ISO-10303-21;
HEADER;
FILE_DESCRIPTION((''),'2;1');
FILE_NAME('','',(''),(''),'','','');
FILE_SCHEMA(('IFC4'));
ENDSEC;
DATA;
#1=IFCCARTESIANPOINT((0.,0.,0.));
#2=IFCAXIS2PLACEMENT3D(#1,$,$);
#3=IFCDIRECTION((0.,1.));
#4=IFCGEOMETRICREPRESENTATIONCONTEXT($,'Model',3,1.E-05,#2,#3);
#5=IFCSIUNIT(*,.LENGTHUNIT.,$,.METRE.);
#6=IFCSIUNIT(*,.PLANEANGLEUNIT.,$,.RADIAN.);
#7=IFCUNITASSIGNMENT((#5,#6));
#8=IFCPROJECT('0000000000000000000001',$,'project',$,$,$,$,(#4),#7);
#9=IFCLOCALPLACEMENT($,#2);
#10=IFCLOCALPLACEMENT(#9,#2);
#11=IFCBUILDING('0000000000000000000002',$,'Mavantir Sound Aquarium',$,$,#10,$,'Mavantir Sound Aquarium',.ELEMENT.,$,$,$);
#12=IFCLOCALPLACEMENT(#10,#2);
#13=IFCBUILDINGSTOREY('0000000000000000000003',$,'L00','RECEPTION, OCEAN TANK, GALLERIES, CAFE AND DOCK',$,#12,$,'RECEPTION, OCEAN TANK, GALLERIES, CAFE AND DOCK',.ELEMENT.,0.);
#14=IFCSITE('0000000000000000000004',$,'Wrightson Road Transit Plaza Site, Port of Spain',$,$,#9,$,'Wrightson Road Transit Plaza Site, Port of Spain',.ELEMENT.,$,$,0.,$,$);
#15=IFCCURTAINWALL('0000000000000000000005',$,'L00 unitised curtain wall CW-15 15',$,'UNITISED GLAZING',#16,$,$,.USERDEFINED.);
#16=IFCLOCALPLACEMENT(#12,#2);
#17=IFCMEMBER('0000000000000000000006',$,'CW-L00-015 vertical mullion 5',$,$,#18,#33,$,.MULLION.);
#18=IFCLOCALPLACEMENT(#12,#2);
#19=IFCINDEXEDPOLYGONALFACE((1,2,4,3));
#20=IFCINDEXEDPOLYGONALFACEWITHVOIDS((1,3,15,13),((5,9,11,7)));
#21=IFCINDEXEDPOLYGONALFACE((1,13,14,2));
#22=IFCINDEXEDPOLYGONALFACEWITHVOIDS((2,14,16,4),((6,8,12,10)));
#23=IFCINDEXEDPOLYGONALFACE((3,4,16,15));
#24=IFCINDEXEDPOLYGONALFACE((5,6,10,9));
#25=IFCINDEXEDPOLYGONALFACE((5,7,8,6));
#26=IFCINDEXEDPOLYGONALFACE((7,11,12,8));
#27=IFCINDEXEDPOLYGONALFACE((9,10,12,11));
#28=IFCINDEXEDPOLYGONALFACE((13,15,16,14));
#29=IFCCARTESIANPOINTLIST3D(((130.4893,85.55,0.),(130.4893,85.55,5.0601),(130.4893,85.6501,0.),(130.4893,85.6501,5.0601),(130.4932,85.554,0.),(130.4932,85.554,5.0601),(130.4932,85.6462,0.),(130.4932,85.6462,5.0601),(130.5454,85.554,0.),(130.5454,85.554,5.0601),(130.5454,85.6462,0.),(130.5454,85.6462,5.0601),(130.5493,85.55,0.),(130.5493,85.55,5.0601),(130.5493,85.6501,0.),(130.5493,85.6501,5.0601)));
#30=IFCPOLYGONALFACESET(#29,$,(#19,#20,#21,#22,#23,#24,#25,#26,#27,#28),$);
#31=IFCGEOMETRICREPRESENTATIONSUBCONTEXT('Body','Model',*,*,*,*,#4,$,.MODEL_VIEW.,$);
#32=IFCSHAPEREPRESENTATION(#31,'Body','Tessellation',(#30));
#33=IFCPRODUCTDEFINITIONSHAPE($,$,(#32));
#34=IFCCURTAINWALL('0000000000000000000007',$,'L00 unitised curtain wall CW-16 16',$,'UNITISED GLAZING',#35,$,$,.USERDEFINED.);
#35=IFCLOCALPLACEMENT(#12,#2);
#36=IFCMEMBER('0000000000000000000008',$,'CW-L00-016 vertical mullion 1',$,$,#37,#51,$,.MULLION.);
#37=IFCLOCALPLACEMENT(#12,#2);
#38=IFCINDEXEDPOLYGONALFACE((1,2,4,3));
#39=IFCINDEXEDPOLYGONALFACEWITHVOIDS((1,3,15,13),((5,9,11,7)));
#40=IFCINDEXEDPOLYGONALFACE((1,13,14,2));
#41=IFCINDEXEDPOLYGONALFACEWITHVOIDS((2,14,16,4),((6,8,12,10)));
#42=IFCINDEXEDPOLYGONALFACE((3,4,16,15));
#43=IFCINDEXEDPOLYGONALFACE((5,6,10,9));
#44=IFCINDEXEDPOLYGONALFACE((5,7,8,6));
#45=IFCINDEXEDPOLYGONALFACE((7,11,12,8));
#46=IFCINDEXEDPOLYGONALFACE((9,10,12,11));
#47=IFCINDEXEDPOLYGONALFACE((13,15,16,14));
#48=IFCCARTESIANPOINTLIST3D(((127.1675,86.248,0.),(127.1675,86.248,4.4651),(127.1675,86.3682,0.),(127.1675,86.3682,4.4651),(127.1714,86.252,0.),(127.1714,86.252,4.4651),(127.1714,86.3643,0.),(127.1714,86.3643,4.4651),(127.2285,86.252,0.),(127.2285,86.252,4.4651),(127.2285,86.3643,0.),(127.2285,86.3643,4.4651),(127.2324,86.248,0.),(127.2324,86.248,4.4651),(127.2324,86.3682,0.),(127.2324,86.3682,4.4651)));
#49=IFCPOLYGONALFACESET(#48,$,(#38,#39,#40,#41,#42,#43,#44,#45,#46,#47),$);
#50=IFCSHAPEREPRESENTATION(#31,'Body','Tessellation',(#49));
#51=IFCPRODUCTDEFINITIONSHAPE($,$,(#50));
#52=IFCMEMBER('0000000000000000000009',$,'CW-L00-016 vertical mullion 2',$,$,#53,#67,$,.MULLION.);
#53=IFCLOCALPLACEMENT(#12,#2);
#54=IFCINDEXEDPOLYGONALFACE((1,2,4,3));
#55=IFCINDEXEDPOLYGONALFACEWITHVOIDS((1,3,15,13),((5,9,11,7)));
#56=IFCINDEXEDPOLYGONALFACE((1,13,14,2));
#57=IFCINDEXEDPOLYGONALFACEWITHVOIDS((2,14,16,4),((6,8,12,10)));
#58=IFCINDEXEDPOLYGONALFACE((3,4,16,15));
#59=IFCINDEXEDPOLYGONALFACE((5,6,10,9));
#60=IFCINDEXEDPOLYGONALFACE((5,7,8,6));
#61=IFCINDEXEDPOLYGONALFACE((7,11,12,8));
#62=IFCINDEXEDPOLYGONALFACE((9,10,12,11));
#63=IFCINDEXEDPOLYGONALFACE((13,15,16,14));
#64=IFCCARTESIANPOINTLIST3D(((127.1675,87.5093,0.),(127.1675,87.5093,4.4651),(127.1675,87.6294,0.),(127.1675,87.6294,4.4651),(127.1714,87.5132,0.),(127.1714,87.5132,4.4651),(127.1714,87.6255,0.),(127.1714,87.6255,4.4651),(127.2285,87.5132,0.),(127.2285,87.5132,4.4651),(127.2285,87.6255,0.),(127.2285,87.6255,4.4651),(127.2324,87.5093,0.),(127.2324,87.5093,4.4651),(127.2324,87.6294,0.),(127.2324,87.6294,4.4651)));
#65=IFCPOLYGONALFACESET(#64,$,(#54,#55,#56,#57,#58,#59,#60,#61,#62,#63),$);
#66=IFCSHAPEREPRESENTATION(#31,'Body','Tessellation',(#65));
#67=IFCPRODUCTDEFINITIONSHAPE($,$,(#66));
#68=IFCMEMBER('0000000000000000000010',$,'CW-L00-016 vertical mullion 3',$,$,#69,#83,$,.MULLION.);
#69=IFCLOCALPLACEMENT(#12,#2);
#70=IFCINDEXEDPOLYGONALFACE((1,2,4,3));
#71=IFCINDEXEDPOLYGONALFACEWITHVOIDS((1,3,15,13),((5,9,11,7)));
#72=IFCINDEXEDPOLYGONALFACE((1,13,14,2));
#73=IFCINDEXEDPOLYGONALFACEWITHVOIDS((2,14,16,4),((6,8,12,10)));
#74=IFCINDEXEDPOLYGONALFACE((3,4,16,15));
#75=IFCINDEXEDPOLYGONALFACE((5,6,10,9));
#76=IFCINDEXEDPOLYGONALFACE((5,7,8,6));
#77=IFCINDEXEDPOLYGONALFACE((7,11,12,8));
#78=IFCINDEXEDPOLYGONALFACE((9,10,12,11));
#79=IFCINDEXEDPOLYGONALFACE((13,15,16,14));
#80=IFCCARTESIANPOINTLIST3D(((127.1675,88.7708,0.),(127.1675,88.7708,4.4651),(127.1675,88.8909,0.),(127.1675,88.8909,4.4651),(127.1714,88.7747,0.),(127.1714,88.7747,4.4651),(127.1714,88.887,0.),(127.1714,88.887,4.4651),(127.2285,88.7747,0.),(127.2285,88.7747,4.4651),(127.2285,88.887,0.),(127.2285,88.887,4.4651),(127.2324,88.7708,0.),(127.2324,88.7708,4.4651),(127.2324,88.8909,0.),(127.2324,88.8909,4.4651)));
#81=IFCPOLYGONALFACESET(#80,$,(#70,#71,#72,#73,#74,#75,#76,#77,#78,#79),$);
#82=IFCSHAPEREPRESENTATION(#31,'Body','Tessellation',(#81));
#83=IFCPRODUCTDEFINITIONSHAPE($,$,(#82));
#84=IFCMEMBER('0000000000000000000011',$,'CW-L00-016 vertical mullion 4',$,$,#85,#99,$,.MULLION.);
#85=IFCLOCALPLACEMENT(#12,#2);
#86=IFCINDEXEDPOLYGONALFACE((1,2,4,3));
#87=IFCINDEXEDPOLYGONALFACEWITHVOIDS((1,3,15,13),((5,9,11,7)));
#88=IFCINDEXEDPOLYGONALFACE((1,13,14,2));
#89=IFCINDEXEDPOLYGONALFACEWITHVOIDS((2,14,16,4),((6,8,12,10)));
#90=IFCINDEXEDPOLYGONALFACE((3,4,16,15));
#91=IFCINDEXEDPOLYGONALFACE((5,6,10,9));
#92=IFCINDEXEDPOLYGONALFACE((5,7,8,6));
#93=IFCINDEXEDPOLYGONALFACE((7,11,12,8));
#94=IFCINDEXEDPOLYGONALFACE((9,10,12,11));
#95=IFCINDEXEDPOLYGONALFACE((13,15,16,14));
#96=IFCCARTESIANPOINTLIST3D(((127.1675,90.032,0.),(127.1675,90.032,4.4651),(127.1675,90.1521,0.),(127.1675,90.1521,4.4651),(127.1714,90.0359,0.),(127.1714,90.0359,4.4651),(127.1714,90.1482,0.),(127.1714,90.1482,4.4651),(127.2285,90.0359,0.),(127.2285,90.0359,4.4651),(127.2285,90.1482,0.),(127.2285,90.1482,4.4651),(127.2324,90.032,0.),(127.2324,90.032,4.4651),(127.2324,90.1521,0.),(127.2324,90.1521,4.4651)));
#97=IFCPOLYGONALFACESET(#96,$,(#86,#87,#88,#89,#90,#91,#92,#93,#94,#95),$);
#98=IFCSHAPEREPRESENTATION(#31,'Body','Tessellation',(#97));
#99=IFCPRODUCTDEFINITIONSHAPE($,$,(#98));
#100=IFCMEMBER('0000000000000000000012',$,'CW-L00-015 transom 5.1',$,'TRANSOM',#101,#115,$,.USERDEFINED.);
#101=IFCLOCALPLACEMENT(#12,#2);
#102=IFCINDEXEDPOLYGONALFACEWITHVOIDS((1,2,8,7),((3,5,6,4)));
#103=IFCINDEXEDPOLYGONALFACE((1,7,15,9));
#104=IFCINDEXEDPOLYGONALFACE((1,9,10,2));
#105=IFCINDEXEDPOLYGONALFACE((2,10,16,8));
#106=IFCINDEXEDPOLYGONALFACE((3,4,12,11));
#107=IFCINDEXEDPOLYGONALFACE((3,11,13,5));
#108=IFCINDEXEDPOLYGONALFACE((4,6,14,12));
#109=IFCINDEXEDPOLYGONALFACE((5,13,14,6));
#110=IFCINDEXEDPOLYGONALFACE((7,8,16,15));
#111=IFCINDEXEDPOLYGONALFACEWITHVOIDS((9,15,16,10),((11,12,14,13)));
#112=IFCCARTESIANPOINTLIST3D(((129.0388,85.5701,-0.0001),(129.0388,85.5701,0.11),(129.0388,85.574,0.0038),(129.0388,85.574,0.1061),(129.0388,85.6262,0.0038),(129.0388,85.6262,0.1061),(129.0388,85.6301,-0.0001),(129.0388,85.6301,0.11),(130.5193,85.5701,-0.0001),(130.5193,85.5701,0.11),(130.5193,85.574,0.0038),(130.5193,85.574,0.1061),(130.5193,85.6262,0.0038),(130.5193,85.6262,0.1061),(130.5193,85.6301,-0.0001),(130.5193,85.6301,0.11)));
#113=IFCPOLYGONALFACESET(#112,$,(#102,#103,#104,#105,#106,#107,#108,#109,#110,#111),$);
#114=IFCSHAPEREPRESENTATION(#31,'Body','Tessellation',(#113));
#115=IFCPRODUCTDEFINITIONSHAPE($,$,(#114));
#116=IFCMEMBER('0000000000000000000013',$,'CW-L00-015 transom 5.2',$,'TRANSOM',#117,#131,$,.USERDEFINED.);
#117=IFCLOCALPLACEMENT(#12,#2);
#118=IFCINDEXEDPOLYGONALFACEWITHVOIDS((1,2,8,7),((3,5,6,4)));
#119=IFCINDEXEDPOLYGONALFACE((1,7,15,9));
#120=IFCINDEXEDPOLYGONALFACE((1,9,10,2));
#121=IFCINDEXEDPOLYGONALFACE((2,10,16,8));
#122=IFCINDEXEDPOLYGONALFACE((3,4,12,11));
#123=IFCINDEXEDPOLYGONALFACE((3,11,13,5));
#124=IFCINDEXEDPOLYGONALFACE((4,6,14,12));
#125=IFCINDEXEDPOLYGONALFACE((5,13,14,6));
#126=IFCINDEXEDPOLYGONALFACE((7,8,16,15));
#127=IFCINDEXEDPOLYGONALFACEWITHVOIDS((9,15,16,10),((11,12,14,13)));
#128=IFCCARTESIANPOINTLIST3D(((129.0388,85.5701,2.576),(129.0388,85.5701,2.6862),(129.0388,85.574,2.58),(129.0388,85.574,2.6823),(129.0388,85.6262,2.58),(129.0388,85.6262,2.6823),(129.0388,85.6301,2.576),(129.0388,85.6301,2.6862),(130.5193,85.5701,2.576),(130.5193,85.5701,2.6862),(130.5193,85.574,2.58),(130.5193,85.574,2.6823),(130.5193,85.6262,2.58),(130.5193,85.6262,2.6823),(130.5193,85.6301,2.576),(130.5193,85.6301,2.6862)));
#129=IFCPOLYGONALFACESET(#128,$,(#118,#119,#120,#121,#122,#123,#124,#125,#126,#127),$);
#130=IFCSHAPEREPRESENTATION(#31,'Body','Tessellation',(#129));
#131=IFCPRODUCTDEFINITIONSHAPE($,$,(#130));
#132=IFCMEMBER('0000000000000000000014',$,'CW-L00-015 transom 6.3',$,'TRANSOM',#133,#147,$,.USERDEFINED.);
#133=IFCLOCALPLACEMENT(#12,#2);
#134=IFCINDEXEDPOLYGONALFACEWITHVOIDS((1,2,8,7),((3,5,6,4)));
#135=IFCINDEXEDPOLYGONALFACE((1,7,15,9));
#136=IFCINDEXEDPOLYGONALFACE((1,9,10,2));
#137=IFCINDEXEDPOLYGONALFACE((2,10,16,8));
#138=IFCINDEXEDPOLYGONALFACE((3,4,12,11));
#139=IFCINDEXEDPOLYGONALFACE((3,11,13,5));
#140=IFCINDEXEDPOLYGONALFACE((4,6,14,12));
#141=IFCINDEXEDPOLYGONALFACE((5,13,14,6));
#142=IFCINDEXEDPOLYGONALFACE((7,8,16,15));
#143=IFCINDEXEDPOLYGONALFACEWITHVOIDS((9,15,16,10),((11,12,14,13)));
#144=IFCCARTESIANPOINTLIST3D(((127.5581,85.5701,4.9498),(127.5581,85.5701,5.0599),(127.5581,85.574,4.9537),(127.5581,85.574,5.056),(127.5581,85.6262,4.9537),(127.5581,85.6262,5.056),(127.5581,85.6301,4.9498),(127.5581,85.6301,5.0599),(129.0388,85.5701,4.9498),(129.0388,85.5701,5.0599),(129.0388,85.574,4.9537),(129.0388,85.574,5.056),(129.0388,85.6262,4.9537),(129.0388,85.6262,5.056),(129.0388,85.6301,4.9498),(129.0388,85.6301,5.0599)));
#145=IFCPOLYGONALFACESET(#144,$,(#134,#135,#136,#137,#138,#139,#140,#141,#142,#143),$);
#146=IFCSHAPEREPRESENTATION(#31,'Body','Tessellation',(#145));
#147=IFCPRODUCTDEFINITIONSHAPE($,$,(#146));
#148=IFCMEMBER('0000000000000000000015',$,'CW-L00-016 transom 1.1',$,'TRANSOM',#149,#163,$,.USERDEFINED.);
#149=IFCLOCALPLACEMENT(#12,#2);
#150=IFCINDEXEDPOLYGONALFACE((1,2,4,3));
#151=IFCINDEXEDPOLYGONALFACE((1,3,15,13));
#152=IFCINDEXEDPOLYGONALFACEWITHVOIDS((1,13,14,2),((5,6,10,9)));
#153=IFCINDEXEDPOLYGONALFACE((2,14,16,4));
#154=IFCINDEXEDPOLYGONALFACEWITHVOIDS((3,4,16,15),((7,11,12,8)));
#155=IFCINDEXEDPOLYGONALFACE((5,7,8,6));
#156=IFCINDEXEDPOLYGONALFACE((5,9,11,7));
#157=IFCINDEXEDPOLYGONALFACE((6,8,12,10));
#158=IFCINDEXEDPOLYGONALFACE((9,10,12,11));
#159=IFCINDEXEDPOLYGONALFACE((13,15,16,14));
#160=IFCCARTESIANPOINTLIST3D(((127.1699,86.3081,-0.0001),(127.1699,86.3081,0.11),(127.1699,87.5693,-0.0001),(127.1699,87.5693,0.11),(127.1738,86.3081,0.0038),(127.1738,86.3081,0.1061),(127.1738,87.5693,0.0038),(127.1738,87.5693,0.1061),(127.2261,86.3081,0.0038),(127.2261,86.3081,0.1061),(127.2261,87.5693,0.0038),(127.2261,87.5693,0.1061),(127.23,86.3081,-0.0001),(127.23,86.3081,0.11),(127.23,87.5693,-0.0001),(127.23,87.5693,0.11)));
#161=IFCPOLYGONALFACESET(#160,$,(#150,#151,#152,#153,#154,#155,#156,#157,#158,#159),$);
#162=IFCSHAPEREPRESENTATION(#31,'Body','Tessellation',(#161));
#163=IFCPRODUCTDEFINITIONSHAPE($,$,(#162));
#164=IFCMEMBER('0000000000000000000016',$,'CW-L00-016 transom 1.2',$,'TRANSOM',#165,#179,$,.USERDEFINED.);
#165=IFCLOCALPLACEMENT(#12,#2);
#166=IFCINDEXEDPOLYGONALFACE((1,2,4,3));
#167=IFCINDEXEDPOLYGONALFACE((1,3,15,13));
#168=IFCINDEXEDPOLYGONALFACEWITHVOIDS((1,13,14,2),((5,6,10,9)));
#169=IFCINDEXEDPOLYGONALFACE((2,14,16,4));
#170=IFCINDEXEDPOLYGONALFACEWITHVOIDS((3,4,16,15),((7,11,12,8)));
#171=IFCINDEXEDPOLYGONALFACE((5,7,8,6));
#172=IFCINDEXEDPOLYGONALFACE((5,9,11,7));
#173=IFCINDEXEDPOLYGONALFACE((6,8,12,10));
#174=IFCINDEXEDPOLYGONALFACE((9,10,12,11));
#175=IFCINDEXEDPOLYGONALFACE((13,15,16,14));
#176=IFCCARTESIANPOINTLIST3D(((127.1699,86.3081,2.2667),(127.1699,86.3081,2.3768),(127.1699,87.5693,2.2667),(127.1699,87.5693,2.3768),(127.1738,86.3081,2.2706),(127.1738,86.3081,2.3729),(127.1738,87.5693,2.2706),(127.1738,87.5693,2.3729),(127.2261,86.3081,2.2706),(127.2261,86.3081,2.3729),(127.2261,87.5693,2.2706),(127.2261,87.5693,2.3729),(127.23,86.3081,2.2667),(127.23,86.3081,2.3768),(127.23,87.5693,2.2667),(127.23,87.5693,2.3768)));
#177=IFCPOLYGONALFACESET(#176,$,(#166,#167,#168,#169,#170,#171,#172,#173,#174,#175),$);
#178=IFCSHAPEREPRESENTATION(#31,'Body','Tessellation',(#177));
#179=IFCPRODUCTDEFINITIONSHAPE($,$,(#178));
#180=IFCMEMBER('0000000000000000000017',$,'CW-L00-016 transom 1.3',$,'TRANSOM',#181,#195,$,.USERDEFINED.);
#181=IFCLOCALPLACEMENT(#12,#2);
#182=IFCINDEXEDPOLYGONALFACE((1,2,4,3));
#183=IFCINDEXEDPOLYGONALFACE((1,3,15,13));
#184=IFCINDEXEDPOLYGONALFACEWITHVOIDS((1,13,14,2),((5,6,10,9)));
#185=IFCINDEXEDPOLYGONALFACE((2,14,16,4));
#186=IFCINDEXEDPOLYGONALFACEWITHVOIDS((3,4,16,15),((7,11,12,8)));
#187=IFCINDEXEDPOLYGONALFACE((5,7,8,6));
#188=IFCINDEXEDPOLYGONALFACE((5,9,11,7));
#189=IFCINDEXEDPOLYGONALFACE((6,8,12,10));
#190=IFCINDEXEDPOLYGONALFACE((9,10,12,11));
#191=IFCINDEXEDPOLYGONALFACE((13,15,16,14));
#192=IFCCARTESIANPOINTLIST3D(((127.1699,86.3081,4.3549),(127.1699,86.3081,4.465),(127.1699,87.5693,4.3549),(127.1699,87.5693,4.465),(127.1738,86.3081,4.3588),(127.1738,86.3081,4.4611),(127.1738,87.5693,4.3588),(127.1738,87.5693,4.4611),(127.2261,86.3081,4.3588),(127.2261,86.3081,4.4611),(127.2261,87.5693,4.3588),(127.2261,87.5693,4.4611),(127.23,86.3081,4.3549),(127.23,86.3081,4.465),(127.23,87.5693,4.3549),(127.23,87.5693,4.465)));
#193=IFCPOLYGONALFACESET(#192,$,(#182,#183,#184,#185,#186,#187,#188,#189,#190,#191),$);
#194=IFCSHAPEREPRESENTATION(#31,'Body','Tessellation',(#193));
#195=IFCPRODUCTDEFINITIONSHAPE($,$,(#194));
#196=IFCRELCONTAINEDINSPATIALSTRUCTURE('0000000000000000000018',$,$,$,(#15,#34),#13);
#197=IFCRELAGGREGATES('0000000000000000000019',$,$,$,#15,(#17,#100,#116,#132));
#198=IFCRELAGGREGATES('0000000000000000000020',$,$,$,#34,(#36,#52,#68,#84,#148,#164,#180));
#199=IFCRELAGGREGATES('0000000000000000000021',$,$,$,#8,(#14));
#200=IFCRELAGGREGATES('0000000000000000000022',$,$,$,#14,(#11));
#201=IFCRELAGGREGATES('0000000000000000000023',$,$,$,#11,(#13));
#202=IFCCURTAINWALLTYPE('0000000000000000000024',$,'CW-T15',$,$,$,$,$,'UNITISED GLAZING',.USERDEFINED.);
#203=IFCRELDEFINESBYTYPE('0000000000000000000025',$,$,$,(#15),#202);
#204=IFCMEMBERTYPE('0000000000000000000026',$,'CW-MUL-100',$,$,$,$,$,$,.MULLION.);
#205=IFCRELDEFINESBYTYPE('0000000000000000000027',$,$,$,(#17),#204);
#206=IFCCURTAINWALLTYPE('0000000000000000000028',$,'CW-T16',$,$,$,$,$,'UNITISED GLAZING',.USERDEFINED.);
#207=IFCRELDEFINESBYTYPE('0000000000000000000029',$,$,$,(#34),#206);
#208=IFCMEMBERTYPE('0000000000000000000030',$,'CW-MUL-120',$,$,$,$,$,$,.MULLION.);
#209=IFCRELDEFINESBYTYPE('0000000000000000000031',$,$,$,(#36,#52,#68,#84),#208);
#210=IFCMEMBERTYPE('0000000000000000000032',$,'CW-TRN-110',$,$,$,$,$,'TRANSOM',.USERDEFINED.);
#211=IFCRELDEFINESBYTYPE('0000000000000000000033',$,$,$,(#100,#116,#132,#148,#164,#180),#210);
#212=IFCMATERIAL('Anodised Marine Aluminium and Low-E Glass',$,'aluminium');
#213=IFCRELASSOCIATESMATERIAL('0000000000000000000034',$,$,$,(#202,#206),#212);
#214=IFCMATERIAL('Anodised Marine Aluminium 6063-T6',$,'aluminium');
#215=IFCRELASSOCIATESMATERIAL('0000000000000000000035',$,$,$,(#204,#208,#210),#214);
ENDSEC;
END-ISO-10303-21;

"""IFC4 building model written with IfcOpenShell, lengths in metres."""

from ifc_helpers import new_model, si_unit, direction, frame, origin, origin_2d, place, context, subcontext, project, spatial, hollow_rectangle, extrude, material, material_profile, profile_set, type_object, element, aggregate, save


model = new_model("IFC4")

# Units and contexts
model_context = context("Model", 3, precision=1e-05, world=origin(), true_north=direction((0.0, 1.0)))
body_context = subcontext(model_context, "Body", "Model", "MODEL_VIEW")
ifc_project = project(units=[si_unit("LENGTHUNIT", "METRE"), si_unit("PLANEANGLEUNIT", "RADIAN")], contexts=[model_context])

# Site, building, storey
site_placement = place(None, origin())
site = spatial("IfcSite", under=ifc_project, at=site_placement, Name="Wrightson Road Transit Plaza Site, Port of Spain", LongName="Wrightson Road Transit Plaza Site, Port of Spain", CompositionType="ELEMENT", RefElevation=0.0)
building_placement = place(site_placement, origin())
building = spatial("IfcBuilding", under=site, at=building_placement, Name="Mavantir Sound Aquarium", LongName="Mavantir Sound Aquarium", CompositionType="ELEMENT")
storey_placement = place(building_placement, origin())
storey = spatial("IfcBuildingStorey", under=building, at=storey_placement, Name="L00", Description="RECEPTION, OCEAN TANK, GALLERIES, CAFE AND DOCK", LongName="RECEPTION, OCEAN TANK, GALLERIES, CAFE AND DOCK", CompositionType="ELEMENT", Elevation=0.0)

# Curtain wall, member
ifc_material_1 = material(Name="Anodised Marine Aluminium and Low-E Glass", Category="aluminium")
curtain_wall_type_1 = type_object("IfcCurtainWallType", Name="CW-T15", ElementType="UNITISED GLAZING", PredefinedType="USERDEFINED", material=ifc_material_1)
curtain_wall_1_placement = place(storey_placement, origin())
curtain_wall_1 = element("IfcCurtainWall", 1, at=curtain_wall_1_placement, inside=storey, type_object=curtain_wall_type_1, Name="L00 unitised curtain wall CW-15 15", ObjectType="UNITISED GLAZING", PredefinedType="USERDEFINED")
ifc_material_2 = material(Name="Anodised Marine Aluminium 6063-T6", Category="aluminium")
ifc_material_profile_1 = material_profile(ifc_material_2, hollow_rectangle(XDim=0.0601, YDim=0.1001, WallThickness=0.0039, at=origin_2d()), Name="ALU-MULLION-100X60")
ifc_profile_set_1 = profile_set([ifc_material_profile_1], Name="Anodised Marine Aluminium 6063-T6")
member_type_1 = type_object("IfcMemberType", Name="CW-MUL-100", PredefinedType="MULLION", material=ifc_profile_set_1)
member_1_placement = place(storey_placement, frame((130.5193, 85.6001, 0.0), z_axis=(0.0, 0.0, 1.0), x_axis=(1.0, 0.0, 0.0)))
member_1 = element("IfcMember", 2, at=member_1_placement, type_object=member_type_1, Name="CW-L00-015 vertical mullion 5", PredefinedType="MULLION", context=body_context, shape_type="SweptSolid", body=[
    extrude(hollow_rectangle(XDim=0.0601, YDim=0.1001, WallThickness=0.0039, at=origin_2d()), origin(), (0.0, 0.0, 1.0), 5.0601),
])

# Curtain wall, members
curtain_wall_type_2 = type_object("IfcCurtainWallType", Name="CW-T16", ElementType="UNITISED GLAZING", PredefinedType="USERDEFINED", material=ifc_material_1)
curtain_wall_2_placement = place(storey_placement, origin())
curtain_wall_2 = element("IfcCurtainWall", 3, at=curtain_wall_2_placement, inside=storey, type_object=curtain_wall_type_2, Name="L00 unitised curtain wall CW-16 16", ObjectType="UNITISED GLAZING", PredefinedType="USERDEFINED")
ifc_material_profile_2 = material_profile(ifc_material_2, hollow_rectangle(XDim=0.0649, YDim=0.1201, WallThickness=0.0039, at=origin_2d()), Name="ALU-MULLION-120X65")
ifc_profile_set_2 = profile_set([ifc_material_profile_2], Name="Anodised Marine Aluminium 6063-T6")
member_type_2 = type_object("IfcMemberType", Name="CW-MUL-120", PredefinedType="MULLION", material=ifc_profile_set_2)
member_2_placement = place(storey_placement, frame((127.2, 86.3081, 0.0), z_axis=(0.0, 0.0, 1.0), x_axis=(1.0, 0.0, 0.0)))
member_2 = element("IfcMember", 4, at=member_2_placement, type_object=member_type_2, Name="CW-L00-016 vertical mullion 1", PredefinedType="MULLION", context=body_context, shape_type="SweptSolid", body=[
    extrude(hollow_rectangle(XDim=0.0649, YDim=0.1201, WallThickness=0.0039, at=origin_2d()), origin(), (0.0, 0.0, 1.0), 4.4651),
])
member_3_placement = place(storey_placement, frame((127.2, 87.5693, 0.0), z_axis=(0.0, 0.0, 1.0), x_axis=(1.0, 0.0, 0.0)))
member_3 = element("IfcMember", 5, at=member_3_placement, type_object=member_type_2, Name="CW-L00-016 vertical mullion 2", PredefinedType="MULLION", context=body_context, shape_type="SweptSolid", body=[
    extrude(hollow_rectangle(XDim=0.0649, YDim=0.1201, WallThickness=0.0039, at=origin_2d()), origin(), (0.0, 0.0, 1.0), 4.4651),
])
member_4_placement = place(storey_placement, frame((127.2, 88.8308, 0.0), z_axis=(0.0, 0.0, 1.0), x_axis=(1.0, 0.0, 0.0)))
member_4 = element("IfcMember", 6, at=member_4_placement, type_object=member_type_2, Name="CW-L00-016 vertical mullion 3", PredefinedType="MULLION", context=body_context, shape_type="SweptSolid", body=[
    extrude(hollow_rectangle(XDim=0.0649, YDim=0.1201, WallThickness=0.0039, at=origin_2d()), origin(), (0.0, 0.0, 1.0), 4.4651),
])
member_5_placement = place(storey_placement, frame((127.2, 90.092, 0.0), z_axis=(0.0, 0.0, 1.0), x_axis=(1.0, 0.0, 0.0)))
member_5 = element("IfcMember", 7, at=member_5_placement, type_object=member_type_2, Name="CW-L00-016 vertical mullion 4", PredefinedType="MULLION", context=body_context, shape_type="SweptSolid", body=[
    extrude(hollow_rectangle(XDim=0.0649, YDim=0.1201, WallThickness=0.0039, at=origin_2d()), origin(), (0.0, 0.0, 1.0), 4.4651),
])

# Members
ifc_material_profile_3 = material_profile(ifc_material_2, hollow_rectangle(XDim=0.0601, YDim=0.1101, WallThickness=0.0039, at=origin_2d()), Name="ALU-TRANSOM-110X60")
ifc_profile_set_3 = profile_set([ifc_material_profile_3], Name="Anodised Marine Aluminium 6063-T6")
member_type_3 = type_object("IfcMemberType", Name="CW-TRN-110", ElementType="TRANSOM", PredefinedType="USERDEFINED", material=ifc_profile_set_3)
member_6_placement = place(storey_placement, frame((130.5193, 85.6001, 0.0549), z_axis=(-1.0, 0.0, 0.0), x_axis=(0.0, -1.0, 0.0)))
member_6 = element("IfcMember", 8, at=member_6_placement, type_object=member_type_3, Name="CW-L00-015 transom 5.1", ObjectType="TRANSOM", PredefinedType="USERDEFINED", context=body_context, shape_type="SweptSolid", body=[
    extrude(hollow_rectangle(XDim=0.0601, YDim=0.1101, WallThickness=0.0039, at=origin_2d()), origin(), (0.0, 0.0, 1.0), 1.4805),
])
member_7_placement = place(storey_placement, frame((130.5193, 85.6001, 2.6311), z_axis=(-1.0, 0.0, 0.0), x_axis=(0.0, -1.0, 0.0)))
member_7 = element("IfcMember", 9, at=member_7_placement, type_object=member_type_3, Name="CW-L00-015 transom 5.2", ObjectType="TRANSOM", PredefinedType="USERDEFINED", context=body_context, shape_type="SweptSolid", body=[
    extrude(hollow_rectangle(XDim=0.0601, YDim=0.1101, WallThickness=0.0039, at=origin_2d()), origin(), (0.0, 0.0, 1.0), 1.4805),
])
member_8_placement = place(storey_placement, frame((129.0388, 85.6001, 5.0049), z_axis=(-1.0, 0.0, 0.0), x_axis=(0.0, -1.0, 0.0)))
member_8 = element("IfcMember", 10, at=member_8_placement, type_object=member_type_3, Name="CW-L00-015 transom 6.3", ObjectType="TRANSOM", PredefinedType="USERDEFINED", context=body_context, shape_type="SweptSolid", body=[
    extrude(hollow_rectangle(XDim=0.0601, YDim=0.1101, WallThickness=0.0039, at=origin_2d()), origin(), (0.0, 0.0, 1.0), 1.4807),
])
member_9_placement = place(storey_placement, frame((127.2, 86.3081, 0.0549), z_axis=(0.0, 1.0, 0.0), x_axis=(-1.0, 0.0, 0.0)))
member_9 = element("IfcMember", 11, at=member_9_placement, type_object=member_type_3, Name="CW-L00-016 transom 1.1", ObjectType="TRANSOM", PredefinedType="USERDEFINED", context=body_context, shape_type="SweptSolid", body=[
    extrude(hollow_rectangle(XDim=0.0601, YDim=0.1101, WallThickness=0.0039, at=origin_2d()), origin(), (0.0, 0.0, 1.0), 1.2612),
])
member_10_placement = place(storey_placement, frame((127.2, 86.3081, 2.3218), z_axis=(0.0, 1.0, 0.0), x_axis=(-1.0, 0.0, 0.0)))
member_10 = element("IfcMember", 12, at=member_10_placement, type_object=member_type_3, Name="CW-L00-016 transom 1.2", ObjectType="TRANSOM", PredefinedType="USERDEFINED", context=body_context, shape_type="SweptSolid", body=[
    extrude(hollow_rectangle(XDim=0.0601, YDim=0.1101, WallThickness=0.0039, at=origin_2d()), origin(), (0.0, 0.0, 1.0), 1.2612),
])
member_11_placement = place(storey_placement, frame((127.2, 86.3081, 4.4099), z_axis=(0.0, 1.0, 0.0), x_axis=(-1.0, 0.0, 0.0)))
member_11 = element("IfcMember", 13, at=member_11_placement, type_object=member_type_3, Name="CW-L00-016 transom 1.3", ObjectType="TRANSOM", PredefinedType="USERDEFINED", context=body_context, shape_type="SweptSolid", body=[
    extrude(hollow_rectangle(XDim=0.0601, YDim=0.1101, WallThickness=0.0039, at=origin_2d()), origin(), (0.0, 0.0, 1.0), 1.2612),
])

aggregate(curtain_wall_1, [member_1, member_6, member_7, member_8])
aggregate(curtain_wall_2, [member_2, member_3, member_4, member_5, member_9, member_10, member_11])

save(model, "model.ifc")
